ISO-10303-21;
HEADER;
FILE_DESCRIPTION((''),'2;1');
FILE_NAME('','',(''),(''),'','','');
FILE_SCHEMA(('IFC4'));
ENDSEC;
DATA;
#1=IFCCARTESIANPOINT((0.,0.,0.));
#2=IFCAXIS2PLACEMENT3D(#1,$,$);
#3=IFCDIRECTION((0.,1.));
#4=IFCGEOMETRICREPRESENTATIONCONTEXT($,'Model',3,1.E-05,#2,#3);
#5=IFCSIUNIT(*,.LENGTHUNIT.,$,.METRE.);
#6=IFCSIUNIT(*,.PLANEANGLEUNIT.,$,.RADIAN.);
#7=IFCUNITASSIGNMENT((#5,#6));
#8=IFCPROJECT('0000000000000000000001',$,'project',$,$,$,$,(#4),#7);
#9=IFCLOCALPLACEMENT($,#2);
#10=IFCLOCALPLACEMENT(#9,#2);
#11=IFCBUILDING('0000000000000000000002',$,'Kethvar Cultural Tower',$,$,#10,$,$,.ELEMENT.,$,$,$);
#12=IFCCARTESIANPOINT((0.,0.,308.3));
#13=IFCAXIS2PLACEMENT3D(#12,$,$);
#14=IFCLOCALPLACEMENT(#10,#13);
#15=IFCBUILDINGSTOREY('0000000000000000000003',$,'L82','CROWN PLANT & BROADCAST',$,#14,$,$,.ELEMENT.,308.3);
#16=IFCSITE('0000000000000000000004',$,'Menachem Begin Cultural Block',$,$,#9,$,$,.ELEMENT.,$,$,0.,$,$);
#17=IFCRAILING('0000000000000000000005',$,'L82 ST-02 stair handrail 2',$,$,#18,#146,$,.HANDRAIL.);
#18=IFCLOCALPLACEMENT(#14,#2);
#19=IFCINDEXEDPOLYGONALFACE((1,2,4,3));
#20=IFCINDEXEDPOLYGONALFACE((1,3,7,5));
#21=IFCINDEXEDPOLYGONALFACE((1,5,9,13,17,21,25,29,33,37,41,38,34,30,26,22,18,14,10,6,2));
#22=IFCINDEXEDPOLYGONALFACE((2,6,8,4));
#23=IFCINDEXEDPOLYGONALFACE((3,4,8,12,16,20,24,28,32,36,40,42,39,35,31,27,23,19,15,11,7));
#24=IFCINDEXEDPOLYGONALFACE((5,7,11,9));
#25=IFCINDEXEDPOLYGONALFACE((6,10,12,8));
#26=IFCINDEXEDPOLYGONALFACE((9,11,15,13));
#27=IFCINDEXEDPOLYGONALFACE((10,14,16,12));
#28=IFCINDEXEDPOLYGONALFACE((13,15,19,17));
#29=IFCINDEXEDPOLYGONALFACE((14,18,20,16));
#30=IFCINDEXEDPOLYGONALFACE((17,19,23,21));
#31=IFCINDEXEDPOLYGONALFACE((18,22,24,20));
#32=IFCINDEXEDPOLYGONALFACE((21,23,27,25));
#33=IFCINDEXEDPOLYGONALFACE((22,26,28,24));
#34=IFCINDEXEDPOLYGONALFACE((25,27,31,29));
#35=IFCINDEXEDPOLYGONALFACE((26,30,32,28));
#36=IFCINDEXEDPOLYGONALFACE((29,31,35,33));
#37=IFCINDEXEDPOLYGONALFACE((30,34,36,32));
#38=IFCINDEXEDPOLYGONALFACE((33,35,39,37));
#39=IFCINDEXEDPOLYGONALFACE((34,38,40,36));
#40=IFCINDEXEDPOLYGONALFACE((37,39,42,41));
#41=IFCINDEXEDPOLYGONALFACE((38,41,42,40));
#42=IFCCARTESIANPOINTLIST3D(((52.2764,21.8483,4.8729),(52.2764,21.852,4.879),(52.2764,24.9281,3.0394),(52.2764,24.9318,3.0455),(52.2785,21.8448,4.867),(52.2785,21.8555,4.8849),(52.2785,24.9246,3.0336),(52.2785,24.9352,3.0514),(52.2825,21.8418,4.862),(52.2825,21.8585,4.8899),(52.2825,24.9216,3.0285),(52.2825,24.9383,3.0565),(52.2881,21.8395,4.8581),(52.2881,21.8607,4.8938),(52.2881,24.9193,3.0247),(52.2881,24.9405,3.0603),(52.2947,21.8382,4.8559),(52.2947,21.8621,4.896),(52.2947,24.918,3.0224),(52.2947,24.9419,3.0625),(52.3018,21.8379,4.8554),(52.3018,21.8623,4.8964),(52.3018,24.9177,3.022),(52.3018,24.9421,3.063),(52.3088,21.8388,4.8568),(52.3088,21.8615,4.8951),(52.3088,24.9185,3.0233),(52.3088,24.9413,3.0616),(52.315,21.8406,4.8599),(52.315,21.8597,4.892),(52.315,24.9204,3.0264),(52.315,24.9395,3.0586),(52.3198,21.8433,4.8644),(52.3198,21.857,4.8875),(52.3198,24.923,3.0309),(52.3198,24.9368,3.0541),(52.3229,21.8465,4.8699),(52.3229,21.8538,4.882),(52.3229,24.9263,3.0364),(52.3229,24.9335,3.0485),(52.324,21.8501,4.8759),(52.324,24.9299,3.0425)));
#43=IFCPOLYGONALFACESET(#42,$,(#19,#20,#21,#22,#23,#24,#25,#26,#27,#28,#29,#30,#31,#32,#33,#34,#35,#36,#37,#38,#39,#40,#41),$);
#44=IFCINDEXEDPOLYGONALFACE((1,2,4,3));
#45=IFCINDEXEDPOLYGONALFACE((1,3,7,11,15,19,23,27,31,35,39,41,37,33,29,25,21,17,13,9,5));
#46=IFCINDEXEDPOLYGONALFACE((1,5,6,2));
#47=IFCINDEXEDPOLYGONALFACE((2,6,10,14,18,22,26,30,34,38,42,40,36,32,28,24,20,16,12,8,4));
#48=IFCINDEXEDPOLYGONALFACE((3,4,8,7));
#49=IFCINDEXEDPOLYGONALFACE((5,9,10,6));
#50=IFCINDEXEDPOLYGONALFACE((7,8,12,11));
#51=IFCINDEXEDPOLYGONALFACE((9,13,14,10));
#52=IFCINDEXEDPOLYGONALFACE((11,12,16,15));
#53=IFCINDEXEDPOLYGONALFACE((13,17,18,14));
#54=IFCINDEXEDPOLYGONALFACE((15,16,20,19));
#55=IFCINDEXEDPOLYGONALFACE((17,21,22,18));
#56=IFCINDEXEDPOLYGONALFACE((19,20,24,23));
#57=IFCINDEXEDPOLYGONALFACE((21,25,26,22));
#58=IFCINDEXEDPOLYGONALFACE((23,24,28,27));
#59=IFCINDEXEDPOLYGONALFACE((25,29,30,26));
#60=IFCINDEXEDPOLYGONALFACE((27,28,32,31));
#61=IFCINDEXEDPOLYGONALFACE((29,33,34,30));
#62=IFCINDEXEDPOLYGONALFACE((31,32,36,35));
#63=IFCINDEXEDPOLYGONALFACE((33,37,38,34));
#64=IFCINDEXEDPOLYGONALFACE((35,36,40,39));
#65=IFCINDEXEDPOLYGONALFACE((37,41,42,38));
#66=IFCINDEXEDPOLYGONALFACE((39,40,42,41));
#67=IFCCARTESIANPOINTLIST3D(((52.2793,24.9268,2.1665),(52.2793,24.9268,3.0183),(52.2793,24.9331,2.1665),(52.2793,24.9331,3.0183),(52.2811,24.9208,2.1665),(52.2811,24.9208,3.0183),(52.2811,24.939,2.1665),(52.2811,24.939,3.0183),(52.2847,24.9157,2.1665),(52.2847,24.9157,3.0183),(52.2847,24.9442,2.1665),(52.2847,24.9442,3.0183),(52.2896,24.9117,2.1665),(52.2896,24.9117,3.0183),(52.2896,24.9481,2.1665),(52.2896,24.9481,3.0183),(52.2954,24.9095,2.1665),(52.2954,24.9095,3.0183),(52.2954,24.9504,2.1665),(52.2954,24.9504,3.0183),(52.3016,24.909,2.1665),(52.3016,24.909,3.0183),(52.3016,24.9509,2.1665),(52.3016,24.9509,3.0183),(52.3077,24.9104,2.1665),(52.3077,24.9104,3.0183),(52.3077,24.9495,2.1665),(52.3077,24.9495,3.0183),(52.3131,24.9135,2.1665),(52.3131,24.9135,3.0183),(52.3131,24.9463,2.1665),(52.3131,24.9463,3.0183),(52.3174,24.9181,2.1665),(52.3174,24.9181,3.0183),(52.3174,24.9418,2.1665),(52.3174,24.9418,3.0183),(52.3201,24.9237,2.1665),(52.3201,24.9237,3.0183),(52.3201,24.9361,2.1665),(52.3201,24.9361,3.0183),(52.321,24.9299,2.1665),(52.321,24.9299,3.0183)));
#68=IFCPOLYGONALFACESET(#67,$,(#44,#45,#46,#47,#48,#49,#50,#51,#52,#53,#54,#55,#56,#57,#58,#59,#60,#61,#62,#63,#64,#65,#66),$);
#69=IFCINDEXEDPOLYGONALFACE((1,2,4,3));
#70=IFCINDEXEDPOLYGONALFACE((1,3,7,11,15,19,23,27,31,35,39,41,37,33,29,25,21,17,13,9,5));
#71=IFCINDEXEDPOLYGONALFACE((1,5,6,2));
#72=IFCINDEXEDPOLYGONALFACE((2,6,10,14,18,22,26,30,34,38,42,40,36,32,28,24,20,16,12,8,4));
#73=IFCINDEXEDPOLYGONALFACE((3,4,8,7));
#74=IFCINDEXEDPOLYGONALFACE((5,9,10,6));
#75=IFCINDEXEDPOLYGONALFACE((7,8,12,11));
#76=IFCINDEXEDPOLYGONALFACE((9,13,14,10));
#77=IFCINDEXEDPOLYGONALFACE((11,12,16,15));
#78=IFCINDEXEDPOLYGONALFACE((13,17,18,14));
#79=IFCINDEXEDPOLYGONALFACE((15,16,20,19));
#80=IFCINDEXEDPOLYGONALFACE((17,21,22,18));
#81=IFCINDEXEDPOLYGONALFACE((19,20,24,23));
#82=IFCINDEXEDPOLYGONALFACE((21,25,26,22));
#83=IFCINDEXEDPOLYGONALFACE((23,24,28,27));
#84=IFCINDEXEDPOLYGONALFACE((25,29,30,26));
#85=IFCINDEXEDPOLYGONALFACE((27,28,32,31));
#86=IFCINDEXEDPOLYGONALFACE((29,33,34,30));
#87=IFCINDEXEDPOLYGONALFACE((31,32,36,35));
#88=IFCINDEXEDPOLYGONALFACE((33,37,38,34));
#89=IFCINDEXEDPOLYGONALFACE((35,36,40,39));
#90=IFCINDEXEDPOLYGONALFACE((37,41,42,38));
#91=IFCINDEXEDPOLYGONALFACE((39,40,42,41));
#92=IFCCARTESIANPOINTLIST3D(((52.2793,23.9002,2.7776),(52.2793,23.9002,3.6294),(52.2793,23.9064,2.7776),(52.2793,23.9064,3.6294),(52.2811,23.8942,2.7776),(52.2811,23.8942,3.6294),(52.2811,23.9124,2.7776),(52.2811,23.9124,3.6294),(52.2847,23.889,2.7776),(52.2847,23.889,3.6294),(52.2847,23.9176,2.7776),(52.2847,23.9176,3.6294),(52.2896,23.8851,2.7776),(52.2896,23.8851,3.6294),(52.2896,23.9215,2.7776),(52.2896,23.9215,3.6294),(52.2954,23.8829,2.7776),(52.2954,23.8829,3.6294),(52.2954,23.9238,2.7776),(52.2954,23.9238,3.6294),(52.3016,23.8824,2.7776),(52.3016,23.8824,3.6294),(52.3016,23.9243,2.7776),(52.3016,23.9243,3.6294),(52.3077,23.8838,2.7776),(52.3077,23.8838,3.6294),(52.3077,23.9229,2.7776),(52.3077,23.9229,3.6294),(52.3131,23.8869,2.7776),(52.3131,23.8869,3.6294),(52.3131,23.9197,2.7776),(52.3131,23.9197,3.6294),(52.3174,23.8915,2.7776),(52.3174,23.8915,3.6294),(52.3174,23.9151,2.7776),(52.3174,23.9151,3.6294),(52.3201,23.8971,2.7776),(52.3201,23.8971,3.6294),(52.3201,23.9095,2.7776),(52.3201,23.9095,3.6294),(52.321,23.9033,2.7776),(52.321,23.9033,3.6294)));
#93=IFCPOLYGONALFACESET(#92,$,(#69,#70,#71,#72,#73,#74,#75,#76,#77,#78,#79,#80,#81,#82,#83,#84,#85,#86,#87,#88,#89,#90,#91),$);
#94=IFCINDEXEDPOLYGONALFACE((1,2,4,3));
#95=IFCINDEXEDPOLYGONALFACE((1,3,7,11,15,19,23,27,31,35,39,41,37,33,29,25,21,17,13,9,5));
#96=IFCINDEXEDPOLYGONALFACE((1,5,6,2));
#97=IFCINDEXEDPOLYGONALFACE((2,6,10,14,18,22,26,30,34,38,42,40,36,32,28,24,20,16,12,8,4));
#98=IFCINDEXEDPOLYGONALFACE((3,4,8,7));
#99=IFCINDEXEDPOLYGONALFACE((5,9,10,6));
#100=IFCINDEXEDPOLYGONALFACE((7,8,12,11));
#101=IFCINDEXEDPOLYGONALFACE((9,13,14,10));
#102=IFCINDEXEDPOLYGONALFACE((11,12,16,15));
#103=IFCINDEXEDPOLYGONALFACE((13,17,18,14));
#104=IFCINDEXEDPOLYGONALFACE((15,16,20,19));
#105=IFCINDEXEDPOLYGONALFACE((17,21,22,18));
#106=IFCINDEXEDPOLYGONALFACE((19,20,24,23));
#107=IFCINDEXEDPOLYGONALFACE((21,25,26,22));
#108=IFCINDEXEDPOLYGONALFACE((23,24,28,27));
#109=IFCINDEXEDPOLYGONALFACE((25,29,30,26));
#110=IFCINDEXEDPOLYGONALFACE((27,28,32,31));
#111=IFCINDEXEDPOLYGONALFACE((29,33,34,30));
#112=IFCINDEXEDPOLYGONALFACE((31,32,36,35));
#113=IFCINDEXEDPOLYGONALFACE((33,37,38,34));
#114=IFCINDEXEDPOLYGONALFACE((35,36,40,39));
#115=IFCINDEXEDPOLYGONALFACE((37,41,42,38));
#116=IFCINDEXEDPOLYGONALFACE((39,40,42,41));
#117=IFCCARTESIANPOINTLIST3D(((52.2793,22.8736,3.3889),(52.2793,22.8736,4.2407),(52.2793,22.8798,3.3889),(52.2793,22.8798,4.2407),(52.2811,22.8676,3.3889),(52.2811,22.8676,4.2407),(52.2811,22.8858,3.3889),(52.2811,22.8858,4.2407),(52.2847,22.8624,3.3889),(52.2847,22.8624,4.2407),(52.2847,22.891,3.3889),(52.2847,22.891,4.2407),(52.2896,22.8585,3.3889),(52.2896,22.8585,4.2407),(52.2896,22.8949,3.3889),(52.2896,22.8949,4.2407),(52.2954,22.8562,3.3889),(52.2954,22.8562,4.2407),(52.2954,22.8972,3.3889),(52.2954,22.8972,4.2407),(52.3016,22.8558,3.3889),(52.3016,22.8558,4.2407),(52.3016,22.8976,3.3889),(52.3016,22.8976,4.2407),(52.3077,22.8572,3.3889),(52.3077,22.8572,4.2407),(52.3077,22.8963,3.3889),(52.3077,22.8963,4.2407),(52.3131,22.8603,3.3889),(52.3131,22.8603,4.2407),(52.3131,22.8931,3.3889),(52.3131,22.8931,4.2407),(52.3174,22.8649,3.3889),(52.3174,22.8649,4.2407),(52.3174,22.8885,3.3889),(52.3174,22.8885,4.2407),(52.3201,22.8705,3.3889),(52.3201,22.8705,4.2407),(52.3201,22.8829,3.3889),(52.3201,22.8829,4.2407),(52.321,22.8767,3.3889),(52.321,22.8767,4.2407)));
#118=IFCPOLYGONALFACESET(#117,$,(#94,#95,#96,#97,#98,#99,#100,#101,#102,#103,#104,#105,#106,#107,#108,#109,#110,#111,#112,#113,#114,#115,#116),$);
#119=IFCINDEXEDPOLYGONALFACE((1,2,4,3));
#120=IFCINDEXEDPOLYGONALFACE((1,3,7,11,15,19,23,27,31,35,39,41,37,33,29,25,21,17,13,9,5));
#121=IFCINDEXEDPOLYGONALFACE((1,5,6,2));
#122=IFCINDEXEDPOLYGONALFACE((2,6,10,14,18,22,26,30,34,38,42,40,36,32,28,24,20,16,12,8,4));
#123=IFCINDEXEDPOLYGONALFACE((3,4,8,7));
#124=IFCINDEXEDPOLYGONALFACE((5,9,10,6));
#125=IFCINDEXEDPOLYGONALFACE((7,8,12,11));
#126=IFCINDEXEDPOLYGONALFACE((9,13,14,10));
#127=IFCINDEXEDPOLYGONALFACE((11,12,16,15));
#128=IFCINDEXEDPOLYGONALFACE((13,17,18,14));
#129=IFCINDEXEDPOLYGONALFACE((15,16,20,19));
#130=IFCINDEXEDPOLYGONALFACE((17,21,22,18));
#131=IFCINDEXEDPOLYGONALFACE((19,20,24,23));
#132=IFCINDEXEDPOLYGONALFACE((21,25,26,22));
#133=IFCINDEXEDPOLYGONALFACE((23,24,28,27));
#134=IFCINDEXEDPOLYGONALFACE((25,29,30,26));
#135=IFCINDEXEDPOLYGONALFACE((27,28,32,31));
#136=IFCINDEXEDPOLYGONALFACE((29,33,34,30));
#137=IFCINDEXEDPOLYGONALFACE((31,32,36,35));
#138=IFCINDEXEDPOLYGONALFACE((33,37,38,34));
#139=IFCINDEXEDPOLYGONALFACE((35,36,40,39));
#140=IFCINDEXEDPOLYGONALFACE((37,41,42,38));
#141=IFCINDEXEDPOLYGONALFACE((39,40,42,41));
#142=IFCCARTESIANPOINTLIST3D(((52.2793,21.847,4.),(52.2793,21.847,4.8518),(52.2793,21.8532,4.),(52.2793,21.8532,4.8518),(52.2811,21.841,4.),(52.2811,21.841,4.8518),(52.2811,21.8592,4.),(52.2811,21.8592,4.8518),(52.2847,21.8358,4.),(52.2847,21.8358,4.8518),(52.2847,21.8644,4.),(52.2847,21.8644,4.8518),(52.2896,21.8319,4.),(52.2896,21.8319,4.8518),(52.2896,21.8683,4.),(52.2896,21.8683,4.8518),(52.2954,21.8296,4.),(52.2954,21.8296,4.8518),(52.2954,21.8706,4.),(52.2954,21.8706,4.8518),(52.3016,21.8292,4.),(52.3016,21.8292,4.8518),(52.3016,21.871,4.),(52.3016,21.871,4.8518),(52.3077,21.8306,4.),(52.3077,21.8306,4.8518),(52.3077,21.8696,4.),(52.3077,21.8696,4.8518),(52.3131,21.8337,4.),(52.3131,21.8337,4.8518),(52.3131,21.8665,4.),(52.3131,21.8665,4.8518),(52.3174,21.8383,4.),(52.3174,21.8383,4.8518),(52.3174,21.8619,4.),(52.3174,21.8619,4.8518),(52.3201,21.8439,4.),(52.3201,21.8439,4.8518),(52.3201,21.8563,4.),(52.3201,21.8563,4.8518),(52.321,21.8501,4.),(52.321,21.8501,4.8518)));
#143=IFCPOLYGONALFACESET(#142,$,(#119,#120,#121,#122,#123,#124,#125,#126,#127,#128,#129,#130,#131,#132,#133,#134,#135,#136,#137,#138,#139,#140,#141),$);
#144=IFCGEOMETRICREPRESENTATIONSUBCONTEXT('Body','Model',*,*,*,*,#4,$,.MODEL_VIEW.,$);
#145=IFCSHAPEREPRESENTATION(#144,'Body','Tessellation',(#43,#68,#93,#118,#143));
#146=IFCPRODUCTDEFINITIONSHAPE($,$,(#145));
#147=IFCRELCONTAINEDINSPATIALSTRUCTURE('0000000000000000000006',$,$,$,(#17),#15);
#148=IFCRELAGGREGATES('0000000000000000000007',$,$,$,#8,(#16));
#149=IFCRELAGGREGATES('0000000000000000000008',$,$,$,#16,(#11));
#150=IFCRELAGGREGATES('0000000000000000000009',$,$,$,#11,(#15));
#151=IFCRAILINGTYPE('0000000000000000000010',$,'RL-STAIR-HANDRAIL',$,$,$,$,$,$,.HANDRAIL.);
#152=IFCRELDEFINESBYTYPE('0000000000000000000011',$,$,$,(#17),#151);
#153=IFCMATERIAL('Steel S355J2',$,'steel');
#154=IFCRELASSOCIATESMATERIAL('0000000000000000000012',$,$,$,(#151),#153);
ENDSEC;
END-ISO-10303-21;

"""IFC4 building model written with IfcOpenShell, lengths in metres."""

from ifc_helpers import new_model, si_unit, direction, frame, origin, origin_2d, place, context, subcontext, project, spatial, circle, extrude, material, type_object, element, save


model = new_model("IFC4")

# Units and contexts
model_context = context("Model", 3, precision=1e-05, world=origin(), true_north=direction((0.0, 1.0)))
body_context = subcontext(model_context, "Body", "Model", "MODEL_VIEW")
ifc_project = project(units=[si_unit("LENGTHUNIT", "METRE"), si_unit("PLANEANGLEUNIT", "RADIAN")], contexts=[model_context])

# Site, building, storey
site_placement = place(None, origin())
site = spatial("IfcSite", under=ifc_project, at=site_placement, Name="Menachem Begin Cultural Block", CompositionType="ELEMENT", RefElevation=0.0)
building_placement = place(site_placement, origin())
building = spatial("IfcBuilding", under=site, at=building_placement, Name="Kethvar Cultural Tower", CompositionType="ELEMENT")
storey_placement = place(building_placement, frame((0.0, 0.0, 308.3)))
storey = spatial("IfcBuildingStorey", under=building, at=storey_placement, Name="L82", Description="CROWN PLANT & BROADCAST", CompositionType="ELEMENT", Elevation=308.3)

# Shared definitions
ifc_material_1 = material(Name="Steel S355J2", Category="steel")

# Railing
railing_type_1 = type_object("IfcRailingType", Name="RL-STAIR-HANDRAIL", PredefinedType="HANDRAIL", material=ifc_material_1)
railing_1_placement = place(storey_placement, frame((52.3, 24.9299, 2.1665)))
element("IfcRailing", 1, at=railing_1_placement, inside=storey, type_object=railing_type_1, Name="L82 ST-02 stair handrail 2", PredefinedType="HANDRAIL", context=body_context, shape_type="SweptSolid", body=[
    extrude(circle(Radius=0.0239, at=origin_2d()), frame((0.0, 0.0, 0.876), z_axis=(0.0, -0.859261, 0.511538), x_axis=(1.0, 0.0, 0.0)), (0.0, 0.0, 1.0), 3.5842),
    extrude(circle(Radius=0.021, at=origin_2d()), origin(), (0.0, 0.0, 1.0), 0.8518),
    extrude(circle(Radius=0.021, at=origin_2d()), frame((0.0, -1.0266, 0.6111)), (0.0, 0.0, 1.0), 0.8518),
    extrude(circle(Radius=0.021, at=origin_2d()), frame((0.0, -2.0532, 1.2224)), (0.0, 0.0, 1.0), 0.8518),
    extrude(circle(Radius=0.021, at=origin_2d()), frame((0.0, -3.0798, 1.8335)), (0.0, 0.0, 1.0), 0.8518),
])

save(model, "model.ifc")
